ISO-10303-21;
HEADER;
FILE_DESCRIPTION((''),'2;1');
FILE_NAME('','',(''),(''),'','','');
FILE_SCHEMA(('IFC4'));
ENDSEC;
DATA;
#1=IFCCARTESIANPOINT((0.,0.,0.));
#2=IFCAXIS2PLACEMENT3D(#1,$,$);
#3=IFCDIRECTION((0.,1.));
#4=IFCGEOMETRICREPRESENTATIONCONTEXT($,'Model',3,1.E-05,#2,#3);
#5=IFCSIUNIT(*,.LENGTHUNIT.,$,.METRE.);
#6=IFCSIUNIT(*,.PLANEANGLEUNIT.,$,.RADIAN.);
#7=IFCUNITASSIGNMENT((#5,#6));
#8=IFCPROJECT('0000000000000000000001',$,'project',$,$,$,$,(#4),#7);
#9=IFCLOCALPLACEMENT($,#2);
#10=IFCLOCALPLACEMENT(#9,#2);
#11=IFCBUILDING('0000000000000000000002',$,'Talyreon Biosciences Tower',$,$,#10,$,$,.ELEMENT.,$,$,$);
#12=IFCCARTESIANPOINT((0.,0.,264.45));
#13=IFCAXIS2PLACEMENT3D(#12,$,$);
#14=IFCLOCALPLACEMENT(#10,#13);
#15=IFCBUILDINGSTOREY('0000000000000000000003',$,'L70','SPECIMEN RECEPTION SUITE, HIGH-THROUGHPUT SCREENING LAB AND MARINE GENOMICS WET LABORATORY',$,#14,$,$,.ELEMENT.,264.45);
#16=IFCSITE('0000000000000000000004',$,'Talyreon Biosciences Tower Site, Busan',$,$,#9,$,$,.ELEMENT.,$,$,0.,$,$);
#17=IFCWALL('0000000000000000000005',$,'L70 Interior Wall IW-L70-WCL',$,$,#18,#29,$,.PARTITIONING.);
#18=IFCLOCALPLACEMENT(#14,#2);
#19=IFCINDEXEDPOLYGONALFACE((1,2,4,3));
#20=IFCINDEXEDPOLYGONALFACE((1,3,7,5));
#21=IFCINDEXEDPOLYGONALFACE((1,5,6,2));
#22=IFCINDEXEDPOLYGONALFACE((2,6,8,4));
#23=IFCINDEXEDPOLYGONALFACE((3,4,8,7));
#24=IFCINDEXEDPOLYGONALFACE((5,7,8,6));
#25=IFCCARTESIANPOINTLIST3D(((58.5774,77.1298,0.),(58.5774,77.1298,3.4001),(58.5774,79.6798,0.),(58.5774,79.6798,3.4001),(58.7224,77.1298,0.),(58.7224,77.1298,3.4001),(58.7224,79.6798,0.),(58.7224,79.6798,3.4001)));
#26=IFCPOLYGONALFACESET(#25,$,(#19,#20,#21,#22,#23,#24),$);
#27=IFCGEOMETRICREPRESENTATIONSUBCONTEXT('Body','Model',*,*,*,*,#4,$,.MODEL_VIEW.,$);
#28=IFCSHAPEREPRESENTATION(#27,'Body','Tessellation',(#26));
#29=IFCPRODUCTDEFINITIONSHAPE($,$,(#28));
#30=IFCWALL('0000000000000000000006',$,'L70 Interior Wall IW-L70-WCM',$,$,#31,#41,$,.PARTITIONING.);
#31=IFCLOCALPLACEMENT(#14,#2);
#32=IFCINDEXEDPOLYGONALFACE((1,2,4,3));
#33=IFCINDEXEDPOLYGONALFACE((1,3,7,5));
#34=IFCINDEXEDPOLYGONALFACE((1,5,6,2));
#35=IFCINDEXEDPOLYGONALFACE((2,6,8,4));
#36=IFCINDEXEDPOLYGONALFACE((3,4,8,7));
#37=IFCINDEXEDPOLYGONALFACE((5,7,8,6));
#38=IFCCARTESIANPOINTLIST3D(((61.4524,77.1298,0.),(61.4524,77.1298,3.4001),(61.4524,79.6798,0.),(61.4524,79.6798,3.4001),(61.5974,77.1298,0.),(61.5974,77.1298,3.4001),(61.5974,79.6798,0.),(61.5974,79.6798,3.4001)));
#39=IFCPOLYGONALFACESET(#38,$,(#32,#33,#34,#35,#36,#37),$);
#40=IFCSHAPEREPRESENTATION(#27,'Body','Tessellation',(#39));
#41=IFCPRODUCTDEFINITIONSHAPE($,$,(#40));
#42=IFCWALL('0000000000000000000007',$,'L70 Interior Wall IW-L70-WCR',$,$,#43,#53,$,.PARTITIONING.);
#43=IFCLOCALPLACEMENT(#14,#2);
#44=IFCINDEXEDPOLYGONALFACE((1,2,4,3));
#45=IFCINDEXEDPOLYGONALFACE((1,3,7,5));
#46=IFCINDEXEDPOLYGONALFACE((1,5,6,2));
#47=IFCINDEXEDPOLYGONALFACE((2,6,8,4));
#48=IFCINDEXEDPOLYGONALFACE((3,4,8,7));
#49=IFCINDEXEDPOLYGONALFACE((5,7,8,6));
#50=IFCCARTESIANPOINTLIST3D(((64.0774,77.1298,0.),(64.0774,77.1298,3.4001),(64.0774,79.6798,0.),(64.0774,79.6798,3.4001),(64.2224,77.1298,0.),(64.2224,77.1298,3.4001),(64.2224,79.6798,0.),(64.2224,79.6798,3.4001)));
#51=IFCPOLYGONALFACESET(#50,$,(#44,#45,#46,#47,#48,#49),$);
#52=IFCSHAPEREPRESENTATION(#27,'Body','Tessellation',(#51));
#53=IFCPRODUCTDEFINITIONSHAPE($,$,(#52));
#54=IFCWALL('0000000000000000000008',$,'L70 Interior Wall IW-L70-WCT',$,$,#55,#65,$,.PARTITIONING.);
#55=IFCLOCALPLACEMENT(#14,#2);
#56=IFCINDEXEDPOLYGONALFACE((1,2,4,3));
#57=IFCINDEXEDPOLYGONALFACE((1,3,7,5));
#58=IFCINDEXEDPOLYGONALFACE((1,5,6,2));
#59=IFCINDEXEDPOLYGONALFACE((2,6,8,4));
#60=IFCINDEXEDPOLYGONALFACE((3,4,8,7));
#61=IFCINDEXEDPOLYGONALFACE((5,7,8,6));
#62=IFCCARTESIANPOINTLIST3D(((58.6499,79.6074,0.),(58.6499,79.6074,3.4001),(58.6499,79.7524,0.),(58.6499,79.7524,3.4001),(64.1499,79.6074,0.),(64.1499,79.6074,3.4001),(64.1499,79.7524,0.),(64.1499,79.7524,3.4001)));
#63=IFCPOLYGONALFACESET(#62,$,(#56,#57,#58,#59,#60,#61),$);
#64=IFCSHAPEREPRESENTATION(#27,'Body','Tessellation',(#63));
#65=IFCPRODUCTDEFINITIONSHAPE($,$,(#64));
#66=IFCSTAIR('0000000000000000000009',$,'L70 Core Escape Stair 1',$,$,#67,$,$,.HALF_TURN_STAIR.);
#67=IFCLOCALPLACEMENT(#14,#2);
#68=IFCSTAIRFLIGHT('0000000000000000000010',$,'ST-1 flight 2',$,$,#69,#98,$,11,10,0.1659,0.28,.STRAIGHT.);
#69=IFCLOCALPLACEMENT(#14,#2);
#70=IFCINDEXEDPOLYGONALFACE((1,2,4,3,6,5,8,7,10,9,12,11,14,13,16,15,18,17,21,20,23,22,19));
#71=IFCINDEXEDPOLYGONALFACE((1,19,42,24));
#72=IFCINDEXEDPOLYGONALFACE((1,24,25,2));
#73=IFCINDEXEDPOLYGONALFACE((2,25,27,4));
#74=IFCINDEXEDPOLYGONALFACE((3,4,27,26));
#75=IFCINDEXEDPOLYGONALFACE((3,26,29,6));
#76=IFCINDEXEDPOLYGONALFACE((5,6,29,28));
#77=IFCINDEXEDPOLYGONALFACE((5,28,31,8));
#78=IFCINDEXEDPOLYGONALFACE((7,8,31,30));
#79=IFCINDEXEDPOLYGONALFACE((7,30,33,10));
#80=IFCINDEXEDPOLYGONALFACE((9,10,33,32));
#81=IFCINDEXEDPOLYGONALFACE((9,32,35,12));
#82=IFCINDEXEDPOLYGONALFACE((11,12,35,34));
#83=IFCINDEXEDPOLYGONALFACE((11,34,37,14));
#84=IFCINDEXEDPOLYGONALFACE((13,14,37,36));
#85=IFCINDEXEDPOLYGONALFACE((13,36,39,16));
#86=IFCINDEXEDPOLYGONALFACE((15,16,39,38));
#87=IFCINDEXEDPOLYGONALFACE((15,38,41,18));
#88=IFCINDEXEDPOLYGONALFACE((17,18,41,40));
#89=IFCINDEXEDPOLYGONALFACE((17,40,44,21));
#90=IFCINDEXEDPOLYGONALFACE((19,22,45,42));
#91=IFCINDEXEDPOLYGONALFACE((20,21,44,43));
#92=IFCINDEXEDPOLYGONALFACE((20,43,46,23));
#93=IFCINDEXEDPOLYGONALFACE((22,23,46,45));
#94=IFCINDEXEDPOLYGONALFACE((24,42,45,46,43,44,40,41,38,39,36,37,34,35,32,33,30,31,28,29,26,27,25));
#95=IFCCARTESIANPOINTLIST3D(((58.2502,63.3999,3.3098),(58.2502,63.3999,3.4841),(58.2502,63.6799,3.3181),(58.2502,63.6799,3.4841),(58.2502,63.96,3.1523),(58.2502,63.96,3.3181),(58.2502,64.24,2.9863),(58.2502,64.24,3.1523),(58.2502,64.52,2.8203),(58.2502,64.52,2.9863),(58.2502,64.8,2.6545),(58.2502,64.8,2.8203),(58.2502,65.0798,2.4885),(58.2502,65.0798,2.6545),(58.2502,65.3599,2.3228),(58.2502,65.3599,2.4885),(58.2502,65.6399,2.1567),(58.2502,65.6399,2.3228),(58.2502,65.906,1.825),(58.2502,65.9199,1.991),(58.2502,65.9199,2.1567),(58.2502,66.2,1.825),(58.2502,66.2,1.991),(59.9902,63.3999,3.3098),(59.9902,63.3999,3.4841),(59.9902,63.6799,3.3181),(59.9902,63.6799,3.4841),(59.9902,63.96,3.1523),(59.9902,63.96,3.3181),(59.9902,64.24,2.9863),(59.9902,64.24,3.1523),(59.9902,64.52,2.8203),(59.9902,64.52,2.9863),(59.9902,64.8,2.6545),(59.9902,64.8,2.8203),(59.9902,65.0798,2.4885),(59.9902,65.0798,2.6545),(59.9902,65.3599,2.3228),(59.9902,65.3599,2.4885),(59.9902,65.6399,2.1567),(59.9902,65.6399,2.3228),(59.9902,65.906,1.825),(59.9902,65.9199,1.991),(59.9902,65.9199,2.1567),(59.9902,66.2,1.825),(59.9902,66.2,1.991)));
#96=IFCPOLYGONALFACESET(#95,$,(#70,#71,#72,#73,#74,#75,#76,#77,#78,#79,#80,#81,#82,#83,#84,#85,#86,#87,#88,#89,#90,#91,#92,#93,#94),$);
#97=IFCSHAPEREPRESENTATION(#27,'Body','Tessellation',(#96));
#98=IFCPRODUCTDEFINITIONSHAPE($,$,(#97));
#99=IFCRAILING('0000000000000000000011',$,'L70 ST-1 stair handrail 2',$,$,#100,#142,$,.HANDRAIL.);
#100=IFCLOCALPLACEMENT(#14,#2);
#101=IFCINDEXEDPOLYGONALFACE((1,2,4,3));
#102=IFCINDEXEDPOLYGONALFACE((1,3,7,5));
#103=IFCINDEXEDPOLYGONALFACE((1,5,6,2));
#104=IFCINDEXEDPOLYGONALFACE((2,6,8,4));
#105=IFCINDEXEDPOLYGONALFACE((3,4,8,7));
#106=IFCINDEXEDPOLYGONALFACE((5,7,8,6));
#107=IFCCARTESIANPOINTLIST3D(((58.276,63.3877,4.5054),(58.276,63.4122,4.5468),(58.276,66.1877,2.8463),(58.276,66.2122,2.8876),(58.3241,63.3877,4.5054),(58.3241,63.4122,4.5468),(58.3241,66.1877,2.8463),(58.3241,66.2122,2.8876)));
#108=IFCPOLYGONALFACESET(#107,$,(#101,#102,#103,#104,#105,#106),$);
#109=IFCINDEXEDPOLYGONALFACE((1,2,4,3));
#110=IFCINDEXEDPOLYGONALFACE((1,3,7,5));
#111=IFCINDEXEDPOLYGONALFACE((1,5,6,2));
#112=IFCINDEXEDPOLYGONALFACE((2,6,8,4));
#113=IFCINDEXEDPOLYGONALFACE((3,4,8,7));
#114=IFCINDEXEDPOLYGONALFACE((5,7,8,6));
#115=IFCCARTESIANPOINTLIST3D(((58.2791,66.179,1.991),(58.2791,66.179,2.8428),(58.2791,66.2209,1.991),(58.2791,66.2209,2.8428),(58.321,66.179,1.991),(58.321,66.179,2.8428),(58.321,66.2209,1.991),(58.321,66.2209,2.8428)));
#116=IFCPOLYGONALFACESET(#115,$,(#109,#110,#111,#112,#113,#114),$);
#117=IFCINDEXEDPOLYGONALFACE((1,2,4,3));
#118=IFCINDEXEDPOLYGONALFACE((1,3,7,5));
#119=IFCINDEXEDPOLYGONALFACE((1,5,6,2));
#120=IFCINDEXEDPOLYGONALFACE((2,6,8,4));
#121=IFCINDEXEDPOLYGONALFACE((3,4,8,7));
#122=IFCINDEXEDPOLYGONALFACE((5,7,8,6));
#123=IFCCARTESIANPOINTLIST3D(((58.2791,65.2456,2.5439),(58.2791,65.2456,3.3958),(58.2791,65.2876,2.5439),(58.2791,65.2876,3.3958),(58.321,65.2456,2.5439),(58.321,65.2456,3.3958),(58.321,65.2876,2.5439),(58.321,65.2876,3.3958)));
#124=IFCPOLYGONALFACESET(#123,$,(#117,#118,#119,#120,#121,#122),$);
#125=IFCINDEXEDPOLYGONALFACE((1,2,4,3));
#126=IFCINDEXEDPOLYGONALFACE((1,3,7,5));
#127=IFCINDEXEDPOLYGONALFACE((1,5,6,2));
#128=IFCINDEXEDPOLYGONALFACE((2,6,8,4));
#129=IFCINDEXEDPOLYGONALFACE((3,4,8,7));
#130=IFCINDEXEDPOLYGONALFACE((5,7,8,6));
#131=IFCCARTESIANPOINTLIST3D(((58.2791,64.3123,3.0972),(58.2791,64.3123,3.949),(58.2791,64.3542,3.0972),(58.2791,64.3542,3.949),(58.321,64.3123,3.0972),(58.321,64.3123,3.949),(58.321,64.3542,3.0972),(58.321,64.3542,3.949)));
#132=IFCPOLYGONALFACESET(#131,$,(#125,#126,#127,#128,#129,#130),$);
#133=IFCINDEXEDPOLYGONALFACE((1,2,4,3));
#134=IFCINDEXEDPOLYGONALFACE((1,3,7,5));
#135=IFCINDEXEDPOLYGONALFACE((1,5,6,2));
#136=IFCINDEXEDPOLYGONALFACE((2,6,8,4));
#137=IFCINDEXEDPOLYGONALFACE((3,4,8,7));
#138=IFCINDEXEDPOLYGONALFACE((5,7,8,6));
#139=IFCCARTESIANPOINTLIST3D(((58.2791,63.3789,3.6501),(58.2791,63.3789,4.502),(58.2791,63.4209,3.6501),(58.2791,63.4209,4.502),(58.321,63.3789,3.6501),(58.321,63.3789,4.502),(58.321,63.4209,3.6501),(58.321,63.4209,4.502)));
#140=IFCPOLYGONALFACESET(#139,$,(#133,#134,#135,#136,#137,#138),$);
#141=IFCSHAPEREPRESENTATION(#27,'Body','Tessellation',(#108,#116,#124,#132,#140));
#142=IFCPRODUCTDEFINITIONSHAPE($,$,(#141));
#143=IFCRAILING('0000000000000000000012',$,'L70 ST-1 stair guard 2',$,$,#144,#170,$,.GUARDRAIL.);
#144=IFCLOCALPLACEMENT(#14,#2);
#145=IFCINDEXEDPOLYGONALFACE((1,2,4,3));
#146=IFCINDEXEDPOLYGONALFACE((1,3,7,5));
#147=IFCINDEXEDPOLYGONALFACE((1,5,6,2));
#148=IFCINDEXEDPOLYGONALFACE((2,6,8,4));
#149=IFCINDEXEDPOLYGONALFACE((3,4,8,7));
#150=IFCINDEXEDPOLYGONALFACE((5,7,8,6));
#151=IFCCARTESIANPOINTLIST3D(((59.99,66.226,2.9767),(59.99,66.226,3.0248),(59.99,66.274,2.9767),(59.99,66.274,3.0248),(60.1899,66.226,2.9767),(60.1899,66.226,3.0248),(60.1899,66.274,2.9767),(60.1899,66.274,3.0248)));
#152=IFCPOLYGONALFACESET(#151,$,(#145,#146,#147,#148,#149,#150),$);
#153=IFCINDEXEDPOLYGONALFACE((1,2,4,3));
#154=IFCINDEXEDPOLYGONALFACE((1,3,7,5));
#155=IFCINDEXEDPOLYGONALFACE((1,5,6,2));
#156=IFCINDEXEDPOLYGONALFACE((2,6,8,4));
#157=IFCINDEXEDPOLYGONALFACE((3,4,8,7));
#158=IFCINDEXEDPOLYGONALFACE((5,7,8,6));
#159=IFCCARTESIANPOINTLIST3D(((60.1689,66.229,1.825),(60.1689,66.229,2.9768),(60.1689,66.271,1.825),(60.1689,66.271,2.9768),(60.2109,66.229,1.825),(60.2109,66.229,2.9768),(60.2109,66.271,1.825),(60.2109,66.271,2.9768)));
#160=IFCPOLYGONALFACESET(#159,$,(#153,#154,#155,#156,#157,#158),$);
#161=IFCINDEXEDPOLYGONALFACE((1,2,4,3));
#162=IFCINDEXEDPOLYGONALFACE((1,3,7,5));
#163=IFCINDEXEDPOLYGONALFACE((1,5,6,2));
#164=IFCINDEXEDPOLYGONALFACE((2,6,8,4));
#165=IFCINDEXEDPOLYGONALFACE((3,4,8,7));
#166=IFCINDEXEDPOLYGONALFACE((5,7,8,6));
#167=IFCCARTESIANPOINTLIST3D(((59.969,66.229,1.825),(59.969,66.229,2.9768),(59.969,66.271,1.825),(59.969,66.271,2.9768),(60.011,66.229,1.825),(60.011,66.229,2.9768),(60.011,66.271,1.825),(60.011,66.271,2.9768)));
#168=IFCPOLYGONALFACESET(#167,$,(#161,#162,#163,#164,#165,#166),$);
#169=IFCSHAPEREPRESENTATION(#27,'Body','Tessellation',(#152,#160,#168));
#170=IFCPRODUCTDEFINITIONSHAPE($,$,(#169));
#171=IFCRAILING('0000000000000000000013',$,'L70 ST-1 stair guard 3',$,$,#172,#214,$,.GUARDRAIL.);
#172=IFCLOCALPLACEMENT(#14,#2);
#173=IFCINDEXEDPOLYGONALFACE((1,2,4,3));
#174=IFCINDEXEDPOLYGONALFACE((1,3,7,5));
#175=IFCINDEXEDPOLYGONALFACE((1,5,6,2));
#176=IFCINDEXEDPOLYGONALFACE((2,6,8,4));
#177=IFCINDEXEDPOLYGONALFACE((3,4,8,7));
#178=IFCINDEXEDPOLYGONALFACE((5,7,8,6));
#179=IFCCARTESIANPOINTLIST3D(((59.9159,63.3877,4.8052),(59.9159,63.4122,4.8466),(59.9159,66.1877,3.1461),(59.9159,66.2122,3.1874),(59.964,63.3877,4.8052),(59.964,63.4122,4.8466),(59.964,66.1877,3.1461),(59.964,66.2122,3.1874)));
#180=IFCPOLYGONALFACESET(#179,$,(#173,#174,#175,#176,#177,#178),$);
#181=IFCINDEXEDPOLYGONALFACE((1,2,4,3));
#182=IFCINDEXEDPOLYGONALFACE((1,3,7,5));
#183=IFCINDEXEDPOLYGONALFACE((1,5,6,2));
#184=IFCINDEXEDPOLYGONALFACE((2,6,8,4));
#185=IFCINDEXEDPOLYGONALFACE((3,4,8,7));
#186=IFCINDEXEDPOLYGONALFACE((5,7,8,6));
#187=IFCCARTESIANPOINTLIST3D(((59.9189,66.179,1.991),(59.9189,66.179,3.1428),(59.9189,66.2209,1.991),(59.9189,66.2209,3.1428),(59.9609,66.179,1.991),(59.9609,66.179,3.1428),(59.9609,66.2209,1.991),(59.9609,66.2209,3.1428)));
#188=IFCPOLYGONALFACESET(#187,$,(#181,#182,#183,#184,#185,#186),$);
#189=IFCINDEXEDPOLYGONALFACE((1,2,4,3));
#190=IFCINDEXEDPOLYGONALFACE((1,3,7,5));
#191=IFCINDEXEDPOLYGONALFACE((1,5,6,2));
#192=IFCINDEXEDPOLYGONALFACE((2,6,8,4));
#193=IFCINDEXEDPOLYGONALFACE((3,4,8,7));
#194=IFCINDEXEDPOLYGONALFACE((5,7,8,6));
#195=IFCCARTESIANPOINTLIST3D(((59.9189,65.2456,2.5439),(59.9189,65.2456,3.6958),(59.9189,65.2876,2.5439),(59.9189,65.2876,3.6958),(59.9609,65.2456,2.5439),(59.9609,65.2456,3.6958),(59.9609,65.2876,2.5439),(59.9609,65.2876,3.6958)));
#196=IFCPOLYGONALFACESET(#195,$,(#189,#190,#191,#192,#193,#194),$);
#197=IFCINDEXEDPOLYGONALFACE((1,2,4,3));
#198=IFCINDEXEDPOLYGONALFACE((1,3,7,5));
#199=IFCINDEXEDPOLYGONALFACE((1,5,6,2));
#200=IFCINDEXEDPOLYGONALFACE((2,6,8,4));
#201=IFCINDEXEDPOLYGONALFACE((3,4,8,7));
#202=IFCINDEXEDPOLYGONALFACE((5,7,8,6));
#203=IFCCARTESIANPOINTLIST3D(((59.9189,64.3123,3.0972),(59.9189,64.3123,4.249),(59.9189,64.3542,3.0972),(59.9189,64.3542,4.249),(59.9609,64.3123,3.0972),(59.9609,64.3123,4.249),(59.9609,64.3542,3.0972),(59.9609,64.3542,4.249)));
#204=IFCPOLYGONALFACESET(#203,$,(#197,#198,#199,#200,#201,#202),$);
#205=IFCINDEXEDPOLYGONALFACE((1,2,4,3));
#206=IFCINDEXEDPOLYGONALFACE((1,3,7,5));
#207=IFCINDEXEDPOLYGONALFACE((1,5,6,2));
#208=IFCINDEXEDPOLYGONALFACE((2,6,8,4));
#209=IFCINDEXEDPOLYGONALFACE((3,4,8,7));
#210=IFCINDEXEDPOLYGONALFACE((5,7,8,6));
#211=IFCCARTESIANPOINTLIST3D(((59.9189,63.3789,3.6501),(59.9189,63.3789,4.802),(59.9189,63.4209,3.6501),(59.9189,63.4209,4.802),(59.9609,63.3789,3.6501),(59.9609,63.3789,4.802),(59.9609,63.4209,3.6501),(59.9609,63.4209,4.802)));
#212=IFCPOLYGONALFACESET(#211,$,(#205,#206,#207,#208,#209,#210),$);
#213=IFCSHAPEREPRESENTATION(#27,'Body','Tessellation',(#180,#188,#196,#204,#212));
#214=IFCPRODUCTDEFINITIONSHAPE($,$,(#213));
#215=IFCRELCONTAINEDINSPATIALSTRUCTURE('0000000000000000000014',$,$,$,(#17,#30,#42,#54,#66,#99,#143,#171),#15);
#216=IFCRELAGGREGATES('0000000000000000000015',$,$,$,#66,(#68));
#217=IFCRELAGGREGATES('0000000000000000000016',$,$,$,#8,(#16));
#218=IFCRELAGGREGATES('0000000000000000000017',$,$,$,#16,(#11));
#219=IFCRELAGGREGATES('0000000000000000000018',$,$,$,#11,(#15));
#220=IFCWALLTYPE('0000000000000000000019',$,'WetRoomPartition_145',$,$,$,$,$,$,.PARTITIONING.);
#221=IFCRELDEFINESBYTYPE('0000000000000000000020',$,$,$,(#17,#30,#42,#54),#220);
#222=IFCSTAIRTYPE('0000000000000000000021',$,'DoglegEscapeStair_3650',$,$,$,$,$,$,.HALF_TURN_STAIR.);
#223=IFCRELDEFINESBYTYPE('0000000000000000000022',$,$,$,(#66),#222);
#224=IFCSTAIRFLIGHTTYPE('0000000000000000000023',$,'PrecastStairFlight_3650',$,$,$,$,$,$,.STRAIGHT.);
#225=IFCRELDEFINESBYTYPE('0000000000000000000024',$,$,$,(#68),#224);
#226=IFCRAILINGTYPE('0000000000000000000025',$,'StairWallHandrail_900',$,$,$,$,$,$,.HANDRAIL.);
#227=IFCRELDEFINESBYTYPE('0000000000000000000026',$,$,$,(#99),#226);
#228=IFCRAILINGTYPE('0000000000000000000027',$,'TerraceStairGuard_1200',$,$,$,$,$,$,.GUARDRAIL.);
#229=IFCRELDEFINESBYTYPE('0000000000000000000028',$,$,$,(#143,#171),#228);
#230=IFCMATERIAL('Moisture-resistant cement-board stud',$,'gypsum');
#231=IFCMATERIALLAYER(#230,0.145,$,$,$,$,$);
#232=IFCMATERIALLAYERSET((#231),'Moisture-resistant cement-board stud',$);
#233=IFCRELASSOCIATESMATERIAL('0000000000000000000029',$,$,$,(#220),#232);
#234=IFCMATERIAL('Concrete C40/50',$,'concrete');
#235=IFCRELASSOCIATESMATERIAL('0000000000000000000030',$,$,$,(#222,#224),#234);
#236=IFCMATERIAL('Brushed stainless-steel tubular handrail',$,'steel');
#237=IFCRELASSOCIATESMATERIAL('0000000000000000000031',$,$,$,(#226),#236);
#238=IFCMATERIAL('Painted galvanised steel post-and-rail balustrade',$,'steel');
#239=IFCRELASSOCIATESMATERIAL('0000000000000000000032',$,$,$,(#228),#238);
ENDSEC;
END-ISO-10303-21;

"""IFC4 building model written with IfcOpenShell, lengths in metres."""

from ifc_helpers import new_model, si_unit, direction, frame, frame_2d, origin, origin_2d, place, context, subcontext, project, spatial, polyline, rectangle, outline, extrude, material, layer, layer_set, type_object, element, aggregate, save


model = new_model("IFC4")

# Units and contexts
model_context = context("Model", 3, precision=1e-05, world=origin(), true_north=direction((0.0, 1.0)))
body_context = subcontext(model_context, "Body", "Model", "MODEL_VIEW")
ifc_project = project(units=[si_unit("LENGTHUNIT", "METRE"), si_unit("PLANEANGLEUNIT", "RADIAN")], contexts=[model_context])

# Site, building, storey
site_placement = place(None, origin())
site = spatial("IfcSite", under=ifc_project, at=site_placement, Name="Talyreon Biosciences Tower Site, Busan", CompositionType="ELEMENT", RefElevation=0.0)
building_placement = place(site_placement, origin())
building = spatial("IfcBuilding", under=site, at=building_placement, Name="Talyreon Biosciences Tower", CompositionType="ELEMENT")
storey_placement = place(building_placement, frame((0.0, 0.0, 264.45)))
storey = spatial("IfcBuildingStorey", under=building, at=storey_placement, Name="L70", Description="SPECIMEN RECEPTION SUITE, HIGH-THROUGHPUT SCREENING LAB AND MARINE GENOMICS WET LABORATORY", CompositionType="ELEMENT", Elevation=264.45)

# Walls
ifc_material_1 = material(Name="Moisture-resistant cement-board stud", Category="gypsum")
ifc_layer_1 = layer(ifc_material_1, 0.145)
ifc_layer_set_1 = layer_set([ifc_layer_1], Name="Moisture-resistant cement-board stud")
wall_type_1 = type_object("IfcWallType", Name="WetRoomPartition_145", PredefinedType="PARTITIONING", material=ifc_layer_set_1)
for number, where, z_axis, x_axis, name in (
    (1, (58.6499, 77.1299, 0.0), (0.0, 0.0, 1.0), (0.0, 1.0, 0.0), "L70 Interior Wall IW-L70-WCL"),
    (2, (61.5249, 77.1299, 0.0), (0.0, 0.0, 1.0), (0.0, 1.0, 0.0), "L70 Interior Wall IW-L70-WCM"),
    (3, (64.1499, 77.1299, 0.0), (0.0, 0.0, 1.0), (0.0, 1.0, 0.0), "L70 Interior Wall IW-L70-WCR"),
):
    element("IfcWall", number, at=place(storey_placement, frame(where, z_axis=z_axis, x_axis=x_axis)), inside=storey, type_object=wall_type_1, Name=name, PredefinedType="PARTITIONING", context=body_context, shape_type="SweptSolid", body=[
        extrude(rectangle(XDim=2.55, YDim=0.145, at=frame_2d((1.2749, 0.0))), origin(), (0.0, 0.0, 1.0), 3.4001),
    ])
wall_1_placement = place(storey_placement, frame((58.6499, 79.6799, 0.0), z_axis=(0.0, 0.0, 1.0), x_axis=(1.0, 0.0, 0.0)))
element("IfcWall", 4, at=wall_1_placement, inside=storey, type_object=wall_type_1, Name="L70 Interior Wall IW-L70-WCT", PredefinedType="PARTITIONING", context=body_context, shape_type="SweptSolid", body=[
    extrude(rectangle(XDim=5.5, YDim=0.145, at=frame_2d((2.75, 0.0))), origin(), (0.0, 0.0, 1.0), 3.4001),
])

# Stair, stair flight
ifc_material_2 = material(Name="Concrete C40/50", Category="concrete")
stair_type = type_object("IfcStairType", Name="DoglegEscapeStair_3650", PredefinedType="HALF_TURN_STAIR", material=ifc_material_2)
stair_placement = place(storey_placement, origin())
stair = element("IfcStair", 5, at=stair_placement, inside=storey, type_object=stair_type, Name="L70 Core Escape Stair 1", PredefinedType="HALF_TURN_STAIR")
stair_flight_type = type_object("IfcStairFlightType", Name="PrecastStairFlight_3650", PredefinedType="STRAIGHT", material=ifc_material_2)
stair_flight_placement = place(storey_placement, frame((59.1201, 66.2, 1.825), z_axis=(0.0, 0.0, 1.0), x_axis=(0.0, -1.0, 0.0)))
stair_flight = element("IfcStairFlight", 6, at=stair_flight_placement, type_object=stair_flight_type, Name="ST-1 flight 2", NumberOfRisers=11, NumberOfTreads=10, PredefinedType="STRAIGHT", RiserHeight=0.1659, TreadLength=0.28, context=body_context, shape_type="SweptSolid", body=[
    extrude(outline(polyline([(0.0, 0.0), (0.0, 0.166), (0.28, 0.166), (0.28, 0.3318), (0.5601, 0.3318), (0.5601, 0.4978), (0.8401, 0.4978), (0.8401, 0.6636), (1.1201, 0.6636), (1.1201, 0.8296), (1.3999, 0.8296), (1.3999, 0.9954), (1.6799, 0.9954), (1.6799, 1.1614), (1.96, 1.1614), (1.96, 1.3274), (2.24, 1.3274), (2.24, 1.4932), (2.52, 1.4932), (2.52, 1.6592), (2.8, 1.6592), (2.8, 1.825), (2.8, 1.4849), (0.2939, 0.0), (0.0, 0.0)])), frame((0.0, 0.8701, 0.0), z_axis=(0.0, -1.0, 0.0), x_axis=(1.0, 0.0, 0.0)), (0.0, 0.0, 1.0), 1.74),
])
aggregate(stair, [stair_flight])

# Railings
ifc_material_3 = material(Name="Brushed stainless-steel tubular handrail", Category="steel")
railing_type_1 = type_object("IfcRailingType", Name="StairWallHandrail_900", PredefinedType="HANDRAIL", material=ifc_material_3)
railing_1_placement = place(storey_placement, frame((58.3, 66.2, 1.991)))
element("IfcRailing", 7, at=railing_1_placement, inside=storey, type_object=railing_type_1, Name="L70 ST-1 stair handrail 2", PredefinedType="HANDRAIL", context=body_context, shape_type="SweptSolid", body=[
    extrude(rectangle(XDim=0.0481, YDim=0.0481, at=origin_2d()), frame((0.0, 0.0, 0.876), z_axis=(0.0, -0.860306, 0.509778), x_axis=(1.0, 0.0, 0.0)), (0.0, 0.0, 1.0), 3.2546),
    extrude(rectangle(XDim=0.042, YDim=0.042, at=origin_2d()), origin(), (0.0, 0.0, 1.0), 0.8518),
    extrude(rectangle(XDim=0.042, YDim=0.042, at=origin_2d()), frame((0.0, -0.9333, 0.553)), (0.0, 0.0, 1.0), 0.8518),
    extrude(rectangle(XDim=0.042, YDim=0.042, at=origin_2d()), frame((0.0, -1.8667, 1.1062)), (0.0, 0.0, 1.0), 0.8518),
    extrude(rectangle(XDim=0.042, YDim=0.042, at=origin_2d()), frame((0.0, -2.8, 1.6592)), (0.0, 0.0, 1.0), 0.8518),
])
ifc_material_4 = material(Name="Painted galvanised steel post-and-rail balustrade", Category="steel")
railing_type_2 = type_object("IfcRailingType", Name="TerraceStairGuard_1200", PredefinedType="GUARDRAIL", material=ifc_material_4)
railing_2_placement = place(storey_placement, frame((60.1899, 66.25, 1.825)))
element("IfcRailing", 8, at=railing_2_placement, inside=storey, type_object=railing_type_2, Name="L70 ST-1 stair guard 2", PredefinedType="GUARDRAIL", context=body_context, shape_type="SweptSolid", body=[
    extrude(rectangle(XDim=0.0481, YDim=0.0481, at=origin_2d()), frame((0.0, 0.0, 1.1758), z_axis=(-1.0, 0.0, 0.0), x_axis=(0.0, -1.0, 0.0)), (0.0, 0.0, 1.0), 0.2),
    extrude(rectangle(XDim=0.042, YDim=0.042, at=origin_2d()), origin(), (0.0, 0.0, 1.0), 1.1519),
    extrude(rectangle(XDim=0.042, YDim=0.042, at=origin_2d()), frame((-0.2, 0.0, 0.0)), (0.0, 0.0, 1.0), 1.1519),
])
railing_3_placement = place(storey_placement, frame((59.9399, 66.2, 1.991)))
element("IfcRailing", 9, at=railing_3_placement, inside=storey, type_object=railing_type_2, Name="L70 ST-1 stair guard 3", PredefinedType="GUARDRAIL", context=body_context, shape_type="SweptSolid", body=[
    extrude(rectangle(XDim=0.0481, YDim=0.0481, at=origin_2d()), frame((0.0, 0.0, 1.1758), z_axis=(0.0, -0.860306, 0.509778), x_axis=(1.0, 0.0, 0.0)), (0.0, 0.0, 1.0), 3.2546),
    extrude(rectangle(XDim=0.042, YDim=0.042, at=origin_2d()), origin(), (0.0, 0.0, 1.0), 1.1519),
    extrude(rectangle(XDim=0.042, YDim=0.042, at=origin_2d()), frame((0.0, -0.9333, 0.553)), (0.0, 0.0, 1.0), 1.1519),
    extrude(rectangle(XDim=0.042, YDim=0.042, at=origin_2d()), frame((0.0, -1.8667, 1.1062)), (0.0, 0.0, 1.0), 1.1519),
    extrude(rectangle(XDim=0.042, YDim=0.042, at=origin_2d()), frame((0.0, -2.8, 1.6592)), (0.0, 0.0, 1.0), 1.1519),
])

save(model, "model.ifc")
